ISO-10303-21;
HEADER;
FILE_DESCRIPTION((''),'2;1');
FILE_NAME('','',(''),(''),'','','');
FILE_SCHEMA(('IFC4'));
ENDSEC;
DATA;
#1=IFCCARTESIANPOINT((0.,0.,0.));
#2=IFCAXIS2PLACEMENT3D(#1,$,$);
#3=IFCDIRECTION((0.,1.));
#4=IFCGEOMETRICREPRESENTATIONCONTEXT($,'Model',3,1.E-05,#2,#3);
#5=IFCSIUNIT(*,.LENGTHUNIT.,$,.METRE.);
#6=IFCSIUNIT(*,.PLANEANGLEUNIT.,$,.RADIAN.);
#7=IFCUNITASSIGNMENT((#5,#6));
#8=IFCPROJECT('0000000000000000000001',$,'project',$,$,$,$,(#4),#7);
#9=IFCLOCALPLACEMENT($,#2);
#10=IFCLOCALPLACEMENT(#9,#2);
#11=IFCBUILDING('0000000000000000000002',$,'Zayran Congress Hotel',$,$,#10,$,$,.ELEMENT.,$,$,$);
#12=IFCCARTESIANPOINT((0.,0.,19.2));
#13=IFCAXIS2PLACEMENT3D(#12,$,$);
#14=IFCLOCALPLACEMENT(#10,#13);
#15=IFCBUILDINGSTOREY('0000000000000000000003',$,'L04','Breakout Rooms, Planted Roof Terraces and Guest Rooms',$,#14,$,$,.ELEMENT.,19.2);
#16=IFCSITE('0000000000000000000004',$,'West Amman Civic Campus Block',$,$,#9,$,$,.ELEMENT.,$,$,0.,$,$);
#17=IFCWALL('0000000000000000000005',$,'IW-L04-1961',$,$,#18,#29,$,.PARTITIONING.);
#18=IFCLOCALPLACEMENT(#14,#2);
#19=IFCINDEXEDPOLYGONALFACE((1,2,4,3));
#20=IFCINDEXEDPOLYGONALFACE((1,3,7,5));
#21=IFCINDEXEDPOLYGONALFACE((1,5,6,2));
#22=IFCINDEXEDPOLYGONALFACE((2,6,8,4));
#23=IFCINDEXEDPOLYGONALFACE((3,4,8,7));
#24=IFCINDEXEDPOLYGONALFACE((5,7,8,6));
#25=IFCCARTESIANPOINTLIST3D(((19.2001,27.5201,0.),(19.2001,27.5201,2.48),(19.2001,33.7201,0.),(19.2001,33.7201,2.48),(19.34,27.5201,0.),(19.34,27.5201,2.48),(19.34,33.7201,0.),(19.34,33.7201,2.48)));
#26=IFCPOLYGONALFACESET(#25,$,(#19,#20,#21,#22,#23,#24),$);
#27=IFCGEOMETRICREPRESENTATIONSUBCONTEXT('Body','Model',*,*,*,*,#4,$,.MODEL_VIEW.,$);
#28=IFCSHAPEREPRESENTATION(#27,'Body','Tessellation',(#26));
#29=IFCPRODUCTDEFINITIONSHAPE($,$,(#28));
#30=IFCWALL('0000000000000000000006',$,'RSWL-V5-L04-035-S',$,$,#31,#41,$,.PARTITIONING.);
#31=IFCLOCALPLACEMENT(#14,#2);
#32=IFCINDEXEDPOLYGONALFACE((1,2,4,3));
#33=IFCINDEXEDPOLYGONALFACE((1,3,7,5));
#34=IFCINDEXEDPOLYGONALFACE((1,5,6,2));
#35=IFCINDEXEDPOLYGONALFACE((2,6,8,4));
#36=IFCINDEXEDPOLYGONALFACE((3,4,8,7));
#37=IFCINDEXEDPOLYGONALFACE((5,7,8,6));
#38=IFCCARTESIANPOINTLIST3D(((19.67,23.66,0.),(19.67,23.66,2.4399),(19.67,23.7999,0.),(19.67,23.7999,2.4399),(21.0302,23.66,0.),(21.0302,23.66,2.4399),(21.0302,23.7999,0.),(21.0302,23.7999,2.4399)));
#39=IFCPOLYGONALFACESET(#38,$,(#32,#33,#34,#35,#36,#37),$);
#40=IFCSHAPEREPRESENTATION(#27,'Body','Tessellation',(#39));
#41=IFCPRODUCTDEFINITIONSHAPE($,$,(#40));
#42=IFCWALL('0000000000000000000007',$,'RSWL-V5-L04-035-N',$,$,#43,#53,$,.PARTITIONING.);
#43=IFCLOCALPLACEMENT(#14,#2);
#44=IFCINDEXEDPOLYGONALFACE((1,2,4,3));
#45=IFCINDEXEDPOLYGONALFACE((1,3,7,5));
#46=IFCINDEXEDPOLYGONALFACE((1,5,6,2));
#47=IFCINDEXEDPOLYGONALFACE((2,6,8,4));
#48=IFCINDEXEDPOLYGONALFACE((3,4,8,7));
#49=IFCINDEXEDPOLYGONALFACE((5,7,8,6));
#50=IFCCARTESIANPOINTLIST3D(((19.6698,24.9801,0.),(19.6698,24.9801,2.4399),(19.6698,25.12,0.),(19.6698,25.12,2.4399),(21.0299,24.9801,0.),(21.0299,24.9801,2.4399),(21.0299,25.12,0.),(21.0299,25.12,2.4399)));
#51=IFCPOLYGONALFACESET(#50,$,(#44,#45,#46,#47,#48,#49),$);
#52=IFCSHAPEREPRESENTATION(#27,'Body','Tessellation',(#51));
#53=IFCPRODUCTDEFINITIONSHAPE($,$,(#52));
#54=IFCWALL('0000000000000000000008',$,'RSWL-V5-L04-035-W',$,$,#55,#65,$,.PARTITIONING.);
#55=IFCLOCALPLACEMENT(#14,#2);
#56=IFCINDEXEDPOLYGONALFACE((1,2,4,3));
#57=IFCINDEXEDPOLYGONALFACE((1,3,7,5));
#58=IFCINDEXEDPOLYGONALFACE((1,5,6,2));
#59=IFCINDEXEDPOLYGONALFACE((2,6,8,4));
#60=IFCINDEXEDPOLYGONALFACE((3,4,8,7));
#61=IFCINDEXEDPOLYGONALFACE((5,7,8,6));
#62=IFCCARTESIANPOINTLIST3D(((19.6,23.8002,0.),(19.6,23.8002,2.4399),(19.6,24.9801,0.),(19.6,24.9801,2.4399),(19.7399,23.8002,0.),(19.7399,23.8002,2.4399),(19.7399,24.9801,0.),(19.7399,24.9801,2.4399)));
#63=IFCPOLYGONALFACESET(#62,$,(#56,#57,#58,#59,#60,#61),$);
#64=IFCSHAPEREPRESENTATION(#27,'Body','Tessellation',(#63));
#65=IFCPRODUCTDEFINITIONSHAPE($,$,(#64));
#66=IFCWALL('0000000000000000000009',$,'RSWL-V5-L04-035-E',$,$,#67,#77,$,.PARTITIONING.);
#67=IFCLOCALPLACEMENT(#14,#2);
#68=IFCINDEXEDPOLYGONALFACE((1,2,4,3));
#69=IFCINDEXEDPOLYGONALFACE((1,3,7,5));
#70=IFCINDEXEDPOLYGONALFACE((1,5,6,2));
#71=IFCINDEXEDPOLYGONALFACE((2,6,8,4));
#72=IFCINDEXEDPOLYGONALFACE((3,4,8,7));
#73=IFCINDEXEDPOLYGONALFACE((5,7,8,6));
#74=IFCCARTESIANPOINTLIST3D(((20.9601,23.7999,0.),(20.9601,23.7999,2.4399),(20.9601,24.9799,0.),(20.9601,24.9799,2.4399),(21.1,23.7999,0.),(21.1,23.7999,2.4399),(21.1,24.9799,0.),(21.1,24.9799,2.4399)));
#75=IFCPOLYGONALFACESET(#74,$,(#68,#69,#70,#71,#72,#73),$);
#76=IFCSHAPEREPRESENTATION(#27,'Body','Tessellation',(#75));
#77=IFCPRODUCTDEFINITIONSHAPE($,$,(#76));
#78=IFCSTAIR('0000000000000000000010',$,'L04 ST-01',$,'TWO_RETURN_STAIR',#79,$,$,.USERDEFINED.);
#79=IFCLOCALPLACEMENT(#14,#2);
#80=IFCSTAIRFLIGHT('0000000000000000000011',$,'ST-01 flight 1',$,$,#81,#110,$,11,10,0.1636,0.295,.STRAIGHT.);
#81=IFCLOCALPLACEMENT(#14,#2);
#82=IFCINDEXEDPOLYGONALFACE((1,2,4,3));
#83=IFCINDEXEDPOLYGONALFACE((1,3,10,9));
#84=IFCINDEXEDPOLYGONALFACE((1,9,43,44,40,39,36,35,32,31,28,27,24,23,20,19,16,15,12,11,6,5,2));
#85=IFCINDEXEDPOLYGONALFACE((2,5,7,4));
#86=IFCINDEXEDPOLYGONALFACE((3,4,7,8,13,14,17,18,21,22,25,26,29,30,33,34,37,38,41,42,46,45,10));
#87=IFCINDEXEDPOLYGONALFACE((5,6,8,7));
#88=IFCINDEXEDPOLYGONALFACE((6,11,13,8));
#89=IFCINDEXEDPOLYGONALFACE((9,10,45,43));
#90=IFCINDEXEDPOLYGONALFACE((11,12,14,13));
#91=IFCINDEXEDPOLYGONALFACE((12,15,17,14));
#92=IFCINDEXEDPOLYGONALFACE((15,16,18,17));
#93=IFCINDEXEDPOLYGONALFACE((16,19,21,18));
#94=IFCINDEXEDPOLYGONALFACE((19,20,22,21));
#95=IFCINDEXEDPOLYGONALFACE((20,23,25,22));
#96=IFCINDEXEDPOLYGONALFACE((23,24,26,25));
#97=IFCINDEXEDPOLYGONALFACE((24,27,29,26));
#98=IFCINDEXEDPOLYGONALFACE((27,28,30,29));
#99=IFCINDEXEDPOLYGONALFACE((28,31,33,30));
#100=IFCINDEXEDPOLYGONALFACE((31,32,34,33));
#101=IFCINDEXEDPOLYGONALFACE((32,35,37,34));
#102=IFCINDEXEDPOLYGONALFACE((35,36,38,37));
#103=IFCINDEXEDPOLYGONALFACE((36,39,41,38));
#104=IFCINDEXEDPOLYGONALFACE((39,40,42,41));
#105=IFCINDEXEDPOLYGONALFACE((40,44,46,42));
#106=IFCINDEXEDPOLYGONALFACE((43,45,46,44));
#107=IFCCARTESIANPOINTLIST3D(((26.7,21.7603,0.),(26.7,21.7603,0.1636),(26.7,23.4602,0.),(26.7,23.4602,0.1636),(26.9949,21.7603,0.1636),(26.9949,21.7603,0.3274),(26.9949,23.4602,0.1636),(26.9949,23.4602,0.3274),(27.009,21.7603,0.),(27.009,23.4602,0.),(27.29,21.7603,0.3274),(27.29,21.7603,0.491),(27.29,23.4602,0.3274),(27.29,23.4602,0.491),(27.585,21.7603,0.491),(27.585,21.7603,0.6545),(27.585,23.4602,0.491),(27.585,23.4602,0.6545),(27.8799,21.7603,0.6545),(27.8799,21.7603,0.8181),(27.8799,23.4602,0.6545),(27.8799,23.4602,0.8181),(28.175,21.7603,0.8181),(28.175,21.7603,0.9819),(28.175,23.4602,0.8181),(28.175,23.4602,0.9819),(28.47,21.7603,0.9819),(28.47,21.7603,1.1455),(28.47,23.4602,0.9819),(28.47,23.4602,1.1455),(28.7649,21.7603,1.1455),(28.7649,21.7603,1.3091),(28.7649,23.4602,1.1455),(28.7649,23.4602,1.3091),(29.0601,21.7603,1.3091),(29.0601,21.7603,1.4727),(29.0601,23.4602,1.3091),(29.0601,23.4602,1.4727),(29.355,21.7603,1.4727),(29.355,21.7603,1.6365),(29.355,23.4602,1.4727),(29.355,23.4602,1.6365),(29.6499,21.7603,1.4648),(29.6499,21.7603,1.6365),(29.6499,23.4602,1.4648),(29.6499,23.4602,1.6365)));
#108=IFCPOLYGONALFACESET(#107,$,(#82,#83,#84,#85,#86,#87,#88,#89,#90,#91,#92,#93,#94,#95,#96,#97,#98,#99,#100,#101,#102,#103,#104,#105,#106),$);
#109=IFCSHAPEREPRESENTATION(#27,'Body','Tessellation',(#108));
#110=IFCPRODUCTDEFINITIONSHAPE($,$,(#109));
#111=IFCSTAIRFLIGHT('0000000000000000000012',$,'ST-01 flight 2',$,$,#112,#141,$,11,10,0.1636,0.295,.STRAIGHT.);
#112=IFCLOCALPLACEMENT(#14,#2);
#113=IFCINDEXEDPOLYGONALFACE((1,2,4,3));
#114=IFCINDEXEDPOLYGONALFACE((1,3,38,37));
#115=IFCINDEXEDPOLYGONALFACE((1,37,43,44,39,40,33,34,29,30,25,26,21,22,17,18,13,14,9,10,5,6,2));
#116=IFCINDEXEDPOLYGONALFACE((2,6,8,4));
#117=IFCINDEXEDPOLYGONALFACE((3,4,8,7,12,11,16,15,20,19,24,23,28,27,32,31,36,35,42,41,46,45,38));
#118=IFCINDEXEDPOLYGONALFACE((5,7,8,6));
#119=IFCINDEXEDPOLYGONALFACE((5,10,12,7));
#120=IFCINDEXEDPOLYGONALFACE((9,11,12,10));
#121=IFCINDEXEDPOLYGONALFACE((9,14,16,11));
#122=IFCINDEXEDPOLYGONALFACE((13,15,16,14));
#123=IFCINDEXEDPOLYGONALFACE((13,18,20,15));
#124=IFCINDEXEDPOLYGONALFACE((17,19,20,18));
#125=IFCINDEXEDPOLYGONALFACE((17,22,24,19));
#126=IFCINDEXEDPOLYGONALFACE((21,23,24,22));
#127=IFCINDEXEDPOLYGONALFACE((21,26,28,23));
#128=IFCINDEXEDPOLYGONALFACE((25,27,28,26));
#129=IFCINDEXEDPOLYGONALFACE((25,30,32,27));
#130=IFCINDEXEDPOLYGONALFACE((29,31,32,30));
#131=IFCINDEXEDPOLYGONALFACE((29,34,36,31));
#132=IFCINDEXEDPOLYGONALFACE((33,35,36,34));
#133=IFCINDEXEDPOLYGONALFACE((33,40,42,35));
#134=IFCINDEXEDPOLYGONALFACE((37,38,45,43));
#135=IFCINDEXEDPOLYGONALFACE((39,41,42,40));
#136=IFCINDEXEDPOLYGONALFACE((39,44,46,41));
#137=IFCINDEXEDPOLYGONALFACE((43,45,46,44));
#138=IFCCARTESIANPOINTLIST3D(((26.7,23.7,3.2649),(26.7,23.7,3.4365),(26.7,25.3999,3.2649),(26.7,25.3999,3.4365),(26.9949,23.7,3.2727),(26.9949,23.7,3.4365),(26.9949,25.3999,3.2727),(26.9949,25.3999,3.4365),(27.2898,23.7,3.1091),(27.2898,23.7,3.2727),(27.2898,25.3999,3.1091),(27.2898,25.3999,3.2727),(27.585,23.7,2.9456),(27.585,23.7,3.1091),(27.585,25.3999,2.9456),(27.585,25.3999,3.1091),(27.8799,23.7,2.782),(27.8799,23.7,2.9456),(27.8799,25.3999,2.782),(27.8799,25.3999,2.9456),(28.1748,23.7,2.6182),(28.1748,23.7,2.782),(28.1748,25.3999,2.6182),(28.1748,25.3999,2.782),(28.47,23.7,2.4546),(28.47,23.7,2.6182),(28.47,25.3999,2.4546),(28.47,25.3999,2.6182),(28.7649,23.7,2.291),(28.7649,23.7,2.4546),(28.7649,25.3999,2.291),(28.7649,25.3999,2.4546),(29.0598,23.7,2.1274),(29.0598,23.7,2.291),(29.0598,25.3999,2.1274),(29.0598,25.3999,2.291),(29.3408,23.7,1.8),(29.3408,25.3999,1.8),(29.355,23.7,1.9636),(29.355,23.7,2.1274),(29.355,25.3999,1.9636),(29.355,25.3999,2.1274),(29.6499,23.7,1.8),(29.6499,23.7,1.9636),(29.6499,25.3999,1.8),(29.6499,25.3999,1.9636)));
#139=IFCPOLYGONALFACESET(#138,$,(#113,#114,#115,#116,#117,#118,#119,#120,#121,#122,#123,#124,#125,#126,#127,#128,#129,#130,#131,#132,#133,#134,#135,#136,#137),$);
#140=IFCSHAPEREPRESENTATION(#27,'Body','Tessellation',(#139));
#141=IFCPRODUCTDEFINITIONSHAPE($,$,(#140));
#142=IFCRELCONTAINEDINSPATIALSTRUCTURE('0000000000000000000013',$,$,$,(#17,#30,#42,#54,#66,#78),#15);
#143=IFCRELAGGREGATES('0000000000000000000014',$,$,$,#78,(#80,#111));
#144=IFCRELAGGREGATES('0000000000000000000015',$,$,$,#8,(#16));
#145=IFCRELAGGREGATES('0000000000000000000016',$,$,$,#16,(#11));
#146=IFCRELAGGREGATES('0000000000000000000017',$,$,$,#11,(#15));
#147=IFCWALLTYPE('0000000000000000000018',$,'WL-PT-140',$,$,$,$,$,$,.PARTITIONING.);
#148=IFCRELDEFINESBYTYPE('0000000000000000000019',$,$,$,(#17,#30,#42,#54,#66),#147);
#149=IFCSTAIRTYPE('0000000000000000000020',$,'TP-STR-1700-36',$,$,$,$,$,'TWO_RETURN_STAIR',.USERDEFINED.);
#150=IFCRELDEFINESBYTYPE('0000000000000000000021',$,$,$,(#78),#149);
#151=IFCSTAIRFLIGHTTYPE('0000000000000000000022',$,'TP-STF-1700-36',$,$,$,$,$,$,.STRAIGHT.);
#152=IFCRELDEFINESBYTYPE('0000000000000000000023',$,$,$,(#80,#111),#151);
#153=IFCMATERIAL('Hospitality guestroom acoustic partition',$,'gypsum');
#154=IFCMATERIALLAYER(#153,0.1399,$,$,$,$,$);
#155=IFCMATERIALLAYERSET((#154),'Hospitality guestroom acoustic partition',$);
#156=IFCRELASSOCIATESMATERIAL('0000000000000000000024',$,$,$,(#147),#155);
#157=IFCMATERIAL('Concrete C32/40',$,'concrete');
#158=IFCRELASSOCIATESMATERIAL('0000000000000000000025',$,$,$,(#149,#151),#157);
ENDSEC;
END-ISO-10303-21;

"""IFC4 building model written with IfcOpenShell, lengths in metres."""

from ifc_helpers import new_model, si_unit, direction, frame, frame_2d, origin, place, context, subcontext, project, spatial, polyline, rectangle, outline, extrude, material, layer, layer_set, type_object, element, aggregate, save


model = new_model("IFC4")

# Units and contexts
model_context = context("Model", 3, precision=1e-05, world=origin(), true_north=direction((0.0, 1.0)))
body_context = subcontext(model_context, "Body", "Model", "MODEL_VIEW")
ifc_project = project(units=[si_unit("LENGTHUNIT", "METRE"), si_unit("PLANEANGLEUNIT", "RADIAN")], contexts=[model_context])

# Site, building, storey
site_placement = place(None, origin())
site = spatial("IfcSite", under=ifc_project, at=site_placement, Name="West Amman Civic Campus Block", CompositionType="ELEMENT", RefElevation=0.0)
building_placement = place(site_placement, origin())
building = spatial("IfcBuilding", under=site, at=building_placement, Name="Zayran Congress Hotel", CompositionType="ELEMENT")
storey_placement = place(building_placement, frame((0.0, 0.0, 19.2)))
storey = spatial("IfcBuildingStorey", under=building, at=storey_placement, Name="L04", Description="Breakout Rooms, Planted Roof Terraces and Guest Rooms", CompositionType="ELEMENT", Elevation=19.2)

# Walls
ifc_material_1 = material(Name="Hospitality guestroom acoustic partition", Category="gypsum")
ifc_layer_1 = layer(ifc_material_1, 0.1399)
ifc_layer_set_1 = layer_set([ifc_layer_1], Name="Hospitality guestroom acoustic partition")
wall_type_1 = type_object("IfcWallType", Name="WL-PT-140", PredefinedType="PARTITIONING", material=ifc_layer_set_1)
wall_1_placement = place(storey_placement, frame((19.27, 27.52, 0.0), z_axis=(0.0, 0.0, 1.0), x_axis=(0.0, 1.0, 0.0)))
element("IfcWall", 1, at=wall_1_placement, inside=storey, type_object=wall_type_1, Name="IW-L04-1961", PredefinedType="PARTITIONING", context=body_context, shape_type="SweptSolid", body=[
    extrude(rectangle(XDim=6.2, YDim=0.1399, at=frame_2d((3.1001, 0.0))), origin(), (0.0, 0.0, 1.0), 2.48),
])
for number, where, z_axis, x_axis, name in (
    (2, (19.6699, 23.73, 0.0), (0.0, 0.0, 1.0), (1.0, 0.0, 0.0), "RSWL-V5-L04-035-S"),
    (3, (21.03, 25.05, 0.0), (0.0, 0.0, 1.0), (-1.0, 0.0, 0.0), "RSWL-V5-L04-035-N"),
):
    element("IfcWall", number, at=place(storey_placement, frame(where, z_axis=z_axis, x_axis=x_axis)), inside=storey, type_object=wall_type_1, Name=name, PredefinedType="PARTITIONING", context=body_context, shape_type="SweptSolid", body=[
        extrude(rectangle(XDim=1.3601, YDim=0.1399, at=frame_2d((0.6802, 0.0))), origin(), (0.0, 0.0, 1.0), 2.4399),
    ])
for number, where, z_axis, x_axis, name in (
    (4, (19.6699, 24.98, 0.0), (0.0, 0.0, 1.0), (0.0, -1.0, 0.0), "RSWL-V5-L04-035-W"),
    (5, (21.03, 23.8, 0.0), (0.0, 0.0, 1.0), (0.0, 1.0, 0.0), "RSWL-V5-L04-035-E"),
):
    element("IfcWall", number, at=place(storey_placement, frame(where, z_axis=z_axis, x_axis=x_axis)), inside=storey, type_object=wall_type_1, Name=name, PredefinedType="PARTITIONING", context=body_context, shape_type="SweptSolid", body=[
        extrude(rectangle(XDim=1.1799, YDim=0.1399, at=frame_2d((0.5898, 0.0))), origin(), (0.0, 0.0, 1.0), 2.4399),
    ])

# Stair, stair flights
ifc_material_2 = material(Name="Concrete C32/40", Category="concrete")
stair_type = type_object("IfcStairType", Name="TP-STR-1700-36", ElementType="TWO_RETURN_STAIR", PredefinedType="USERDEFINED", material=ifc_material_2)
stair_placement = place(storey_placement, origin())
stair = element("IfcStair", 6, at=stair_placement, inside=storey, type_object=stair_type, Name="L04 ST-01", ObjectType="TWO_RETURN_STAIR", PredefinedType="USERDEFINED")
stair_flight_type = type_object("IfcStairFlightType", Name="TP-STF-1700-36", PredefinedType="STRAIGHT", material=ifc_material_2)
stair_flight_1_placement = place(storey_placement, frame((26.7, 22.6101, 0.0), z_axis=(0.0, 0.0, 1.0), x_axis=(1.0, 0.0, 0.0)))
stair_flight_1 = element("IfcStairFlight", 7, at=stair_flight_1_placement, type_object=stair_flight_type, Name="ST-01 flight 1", NumberOfRisers=11, NumberOfTreads=10, PredefinedType="STRAIGHT", RiserHeight=0.1636, TreadLength=0.295, context=body_context, shape_type="SweptSolid", body=[
    extrude(outline(polyline([(0.0, 0.0), (0.0, 0.1636), (0.2949, 0.1636), (0.2949, 0.3274), (0.5901, 0.3274), (0.5901, 0.491), (0.885, 0.491), (0.885, 0.6545), (1.1799, 0.6545), (1.1799, 0.8181), (1.4751, 0.8181), (1.4751, 0.9819), (1.77, 0.9819), (1.77, 1.1455), (2.0649, 1.1455), (2.0649, 1.3091), (2.3601, 1.3091), (2.3601, 1.4727), (2.655, 1.4727), (2.655, 1.6365), (2.95, 1.6365), (2.95, 1.8), (2.95, 1.4648), (0.3091, 0.0), (0.0, 0.0)])), frame((0.0, 0.8501, 0.0), z_axis=(0.0, -1.0, 0.0), x_axis=(1.0, 0.0, 0.0)), (0.0, 0.0, 1.0), 1.7),
])
stair_flight_2_placement = place(storey_placement, frame((29.6499, 24.55, 1.8), z_axis=(0.0, 0.0, 1.0), x_axis=(-1.0, 0.0, 0.0)))
stair_flight_2 = element("IfcStairFlight", 8, at=stair_flight_2_placement, type_object=stair_flight_type, Name="ST-01 flight 2", NumberOfRisers=11, NumberOfTreads=10, PredefinedType="STRAIGHT", RiserHeight=0.1636, TreadLength=0.295, context=body_context, shape_type="SweptSolid", body=[
    extrude(outline(polyline([(0.0, 0.0), (0.0, 0.1636), (0.2949, 0.1636), (0.2949, 0.3274), (0.5901, 0.3274), (0.5901, 0.491), (0.885, 0.491), (0.885, 0.6545), (1.1799, 0.6545), (1.1799, 0.8181), (1.4751, 0.8181), (1.4751, 0.9819), (1.77, 0.9819), (1.77, 1.1455), (2.0649, 1.1455), (2.0649, 1.3091), (2.3601, 1.3091), (2.3601, 1.4727), (2.655, 1.4727), (2.655, 1.6365), (2.95, 1.6365), (2.95, 1.8), (2.95, 1.4648), (0.3091, 0.0), (0.0, 0.0)])), frame((0.0, 0.8501, 0.0), z_axis=(0.0, -1.0, 0.0), x_axis=(1.0, 0.0, 0.0)), (0.0, 0.0, 1.0), 1.7),
])
aggregate(stair, [stair_flight_1, stair_flight_2])

save(model, "model.ifc")
